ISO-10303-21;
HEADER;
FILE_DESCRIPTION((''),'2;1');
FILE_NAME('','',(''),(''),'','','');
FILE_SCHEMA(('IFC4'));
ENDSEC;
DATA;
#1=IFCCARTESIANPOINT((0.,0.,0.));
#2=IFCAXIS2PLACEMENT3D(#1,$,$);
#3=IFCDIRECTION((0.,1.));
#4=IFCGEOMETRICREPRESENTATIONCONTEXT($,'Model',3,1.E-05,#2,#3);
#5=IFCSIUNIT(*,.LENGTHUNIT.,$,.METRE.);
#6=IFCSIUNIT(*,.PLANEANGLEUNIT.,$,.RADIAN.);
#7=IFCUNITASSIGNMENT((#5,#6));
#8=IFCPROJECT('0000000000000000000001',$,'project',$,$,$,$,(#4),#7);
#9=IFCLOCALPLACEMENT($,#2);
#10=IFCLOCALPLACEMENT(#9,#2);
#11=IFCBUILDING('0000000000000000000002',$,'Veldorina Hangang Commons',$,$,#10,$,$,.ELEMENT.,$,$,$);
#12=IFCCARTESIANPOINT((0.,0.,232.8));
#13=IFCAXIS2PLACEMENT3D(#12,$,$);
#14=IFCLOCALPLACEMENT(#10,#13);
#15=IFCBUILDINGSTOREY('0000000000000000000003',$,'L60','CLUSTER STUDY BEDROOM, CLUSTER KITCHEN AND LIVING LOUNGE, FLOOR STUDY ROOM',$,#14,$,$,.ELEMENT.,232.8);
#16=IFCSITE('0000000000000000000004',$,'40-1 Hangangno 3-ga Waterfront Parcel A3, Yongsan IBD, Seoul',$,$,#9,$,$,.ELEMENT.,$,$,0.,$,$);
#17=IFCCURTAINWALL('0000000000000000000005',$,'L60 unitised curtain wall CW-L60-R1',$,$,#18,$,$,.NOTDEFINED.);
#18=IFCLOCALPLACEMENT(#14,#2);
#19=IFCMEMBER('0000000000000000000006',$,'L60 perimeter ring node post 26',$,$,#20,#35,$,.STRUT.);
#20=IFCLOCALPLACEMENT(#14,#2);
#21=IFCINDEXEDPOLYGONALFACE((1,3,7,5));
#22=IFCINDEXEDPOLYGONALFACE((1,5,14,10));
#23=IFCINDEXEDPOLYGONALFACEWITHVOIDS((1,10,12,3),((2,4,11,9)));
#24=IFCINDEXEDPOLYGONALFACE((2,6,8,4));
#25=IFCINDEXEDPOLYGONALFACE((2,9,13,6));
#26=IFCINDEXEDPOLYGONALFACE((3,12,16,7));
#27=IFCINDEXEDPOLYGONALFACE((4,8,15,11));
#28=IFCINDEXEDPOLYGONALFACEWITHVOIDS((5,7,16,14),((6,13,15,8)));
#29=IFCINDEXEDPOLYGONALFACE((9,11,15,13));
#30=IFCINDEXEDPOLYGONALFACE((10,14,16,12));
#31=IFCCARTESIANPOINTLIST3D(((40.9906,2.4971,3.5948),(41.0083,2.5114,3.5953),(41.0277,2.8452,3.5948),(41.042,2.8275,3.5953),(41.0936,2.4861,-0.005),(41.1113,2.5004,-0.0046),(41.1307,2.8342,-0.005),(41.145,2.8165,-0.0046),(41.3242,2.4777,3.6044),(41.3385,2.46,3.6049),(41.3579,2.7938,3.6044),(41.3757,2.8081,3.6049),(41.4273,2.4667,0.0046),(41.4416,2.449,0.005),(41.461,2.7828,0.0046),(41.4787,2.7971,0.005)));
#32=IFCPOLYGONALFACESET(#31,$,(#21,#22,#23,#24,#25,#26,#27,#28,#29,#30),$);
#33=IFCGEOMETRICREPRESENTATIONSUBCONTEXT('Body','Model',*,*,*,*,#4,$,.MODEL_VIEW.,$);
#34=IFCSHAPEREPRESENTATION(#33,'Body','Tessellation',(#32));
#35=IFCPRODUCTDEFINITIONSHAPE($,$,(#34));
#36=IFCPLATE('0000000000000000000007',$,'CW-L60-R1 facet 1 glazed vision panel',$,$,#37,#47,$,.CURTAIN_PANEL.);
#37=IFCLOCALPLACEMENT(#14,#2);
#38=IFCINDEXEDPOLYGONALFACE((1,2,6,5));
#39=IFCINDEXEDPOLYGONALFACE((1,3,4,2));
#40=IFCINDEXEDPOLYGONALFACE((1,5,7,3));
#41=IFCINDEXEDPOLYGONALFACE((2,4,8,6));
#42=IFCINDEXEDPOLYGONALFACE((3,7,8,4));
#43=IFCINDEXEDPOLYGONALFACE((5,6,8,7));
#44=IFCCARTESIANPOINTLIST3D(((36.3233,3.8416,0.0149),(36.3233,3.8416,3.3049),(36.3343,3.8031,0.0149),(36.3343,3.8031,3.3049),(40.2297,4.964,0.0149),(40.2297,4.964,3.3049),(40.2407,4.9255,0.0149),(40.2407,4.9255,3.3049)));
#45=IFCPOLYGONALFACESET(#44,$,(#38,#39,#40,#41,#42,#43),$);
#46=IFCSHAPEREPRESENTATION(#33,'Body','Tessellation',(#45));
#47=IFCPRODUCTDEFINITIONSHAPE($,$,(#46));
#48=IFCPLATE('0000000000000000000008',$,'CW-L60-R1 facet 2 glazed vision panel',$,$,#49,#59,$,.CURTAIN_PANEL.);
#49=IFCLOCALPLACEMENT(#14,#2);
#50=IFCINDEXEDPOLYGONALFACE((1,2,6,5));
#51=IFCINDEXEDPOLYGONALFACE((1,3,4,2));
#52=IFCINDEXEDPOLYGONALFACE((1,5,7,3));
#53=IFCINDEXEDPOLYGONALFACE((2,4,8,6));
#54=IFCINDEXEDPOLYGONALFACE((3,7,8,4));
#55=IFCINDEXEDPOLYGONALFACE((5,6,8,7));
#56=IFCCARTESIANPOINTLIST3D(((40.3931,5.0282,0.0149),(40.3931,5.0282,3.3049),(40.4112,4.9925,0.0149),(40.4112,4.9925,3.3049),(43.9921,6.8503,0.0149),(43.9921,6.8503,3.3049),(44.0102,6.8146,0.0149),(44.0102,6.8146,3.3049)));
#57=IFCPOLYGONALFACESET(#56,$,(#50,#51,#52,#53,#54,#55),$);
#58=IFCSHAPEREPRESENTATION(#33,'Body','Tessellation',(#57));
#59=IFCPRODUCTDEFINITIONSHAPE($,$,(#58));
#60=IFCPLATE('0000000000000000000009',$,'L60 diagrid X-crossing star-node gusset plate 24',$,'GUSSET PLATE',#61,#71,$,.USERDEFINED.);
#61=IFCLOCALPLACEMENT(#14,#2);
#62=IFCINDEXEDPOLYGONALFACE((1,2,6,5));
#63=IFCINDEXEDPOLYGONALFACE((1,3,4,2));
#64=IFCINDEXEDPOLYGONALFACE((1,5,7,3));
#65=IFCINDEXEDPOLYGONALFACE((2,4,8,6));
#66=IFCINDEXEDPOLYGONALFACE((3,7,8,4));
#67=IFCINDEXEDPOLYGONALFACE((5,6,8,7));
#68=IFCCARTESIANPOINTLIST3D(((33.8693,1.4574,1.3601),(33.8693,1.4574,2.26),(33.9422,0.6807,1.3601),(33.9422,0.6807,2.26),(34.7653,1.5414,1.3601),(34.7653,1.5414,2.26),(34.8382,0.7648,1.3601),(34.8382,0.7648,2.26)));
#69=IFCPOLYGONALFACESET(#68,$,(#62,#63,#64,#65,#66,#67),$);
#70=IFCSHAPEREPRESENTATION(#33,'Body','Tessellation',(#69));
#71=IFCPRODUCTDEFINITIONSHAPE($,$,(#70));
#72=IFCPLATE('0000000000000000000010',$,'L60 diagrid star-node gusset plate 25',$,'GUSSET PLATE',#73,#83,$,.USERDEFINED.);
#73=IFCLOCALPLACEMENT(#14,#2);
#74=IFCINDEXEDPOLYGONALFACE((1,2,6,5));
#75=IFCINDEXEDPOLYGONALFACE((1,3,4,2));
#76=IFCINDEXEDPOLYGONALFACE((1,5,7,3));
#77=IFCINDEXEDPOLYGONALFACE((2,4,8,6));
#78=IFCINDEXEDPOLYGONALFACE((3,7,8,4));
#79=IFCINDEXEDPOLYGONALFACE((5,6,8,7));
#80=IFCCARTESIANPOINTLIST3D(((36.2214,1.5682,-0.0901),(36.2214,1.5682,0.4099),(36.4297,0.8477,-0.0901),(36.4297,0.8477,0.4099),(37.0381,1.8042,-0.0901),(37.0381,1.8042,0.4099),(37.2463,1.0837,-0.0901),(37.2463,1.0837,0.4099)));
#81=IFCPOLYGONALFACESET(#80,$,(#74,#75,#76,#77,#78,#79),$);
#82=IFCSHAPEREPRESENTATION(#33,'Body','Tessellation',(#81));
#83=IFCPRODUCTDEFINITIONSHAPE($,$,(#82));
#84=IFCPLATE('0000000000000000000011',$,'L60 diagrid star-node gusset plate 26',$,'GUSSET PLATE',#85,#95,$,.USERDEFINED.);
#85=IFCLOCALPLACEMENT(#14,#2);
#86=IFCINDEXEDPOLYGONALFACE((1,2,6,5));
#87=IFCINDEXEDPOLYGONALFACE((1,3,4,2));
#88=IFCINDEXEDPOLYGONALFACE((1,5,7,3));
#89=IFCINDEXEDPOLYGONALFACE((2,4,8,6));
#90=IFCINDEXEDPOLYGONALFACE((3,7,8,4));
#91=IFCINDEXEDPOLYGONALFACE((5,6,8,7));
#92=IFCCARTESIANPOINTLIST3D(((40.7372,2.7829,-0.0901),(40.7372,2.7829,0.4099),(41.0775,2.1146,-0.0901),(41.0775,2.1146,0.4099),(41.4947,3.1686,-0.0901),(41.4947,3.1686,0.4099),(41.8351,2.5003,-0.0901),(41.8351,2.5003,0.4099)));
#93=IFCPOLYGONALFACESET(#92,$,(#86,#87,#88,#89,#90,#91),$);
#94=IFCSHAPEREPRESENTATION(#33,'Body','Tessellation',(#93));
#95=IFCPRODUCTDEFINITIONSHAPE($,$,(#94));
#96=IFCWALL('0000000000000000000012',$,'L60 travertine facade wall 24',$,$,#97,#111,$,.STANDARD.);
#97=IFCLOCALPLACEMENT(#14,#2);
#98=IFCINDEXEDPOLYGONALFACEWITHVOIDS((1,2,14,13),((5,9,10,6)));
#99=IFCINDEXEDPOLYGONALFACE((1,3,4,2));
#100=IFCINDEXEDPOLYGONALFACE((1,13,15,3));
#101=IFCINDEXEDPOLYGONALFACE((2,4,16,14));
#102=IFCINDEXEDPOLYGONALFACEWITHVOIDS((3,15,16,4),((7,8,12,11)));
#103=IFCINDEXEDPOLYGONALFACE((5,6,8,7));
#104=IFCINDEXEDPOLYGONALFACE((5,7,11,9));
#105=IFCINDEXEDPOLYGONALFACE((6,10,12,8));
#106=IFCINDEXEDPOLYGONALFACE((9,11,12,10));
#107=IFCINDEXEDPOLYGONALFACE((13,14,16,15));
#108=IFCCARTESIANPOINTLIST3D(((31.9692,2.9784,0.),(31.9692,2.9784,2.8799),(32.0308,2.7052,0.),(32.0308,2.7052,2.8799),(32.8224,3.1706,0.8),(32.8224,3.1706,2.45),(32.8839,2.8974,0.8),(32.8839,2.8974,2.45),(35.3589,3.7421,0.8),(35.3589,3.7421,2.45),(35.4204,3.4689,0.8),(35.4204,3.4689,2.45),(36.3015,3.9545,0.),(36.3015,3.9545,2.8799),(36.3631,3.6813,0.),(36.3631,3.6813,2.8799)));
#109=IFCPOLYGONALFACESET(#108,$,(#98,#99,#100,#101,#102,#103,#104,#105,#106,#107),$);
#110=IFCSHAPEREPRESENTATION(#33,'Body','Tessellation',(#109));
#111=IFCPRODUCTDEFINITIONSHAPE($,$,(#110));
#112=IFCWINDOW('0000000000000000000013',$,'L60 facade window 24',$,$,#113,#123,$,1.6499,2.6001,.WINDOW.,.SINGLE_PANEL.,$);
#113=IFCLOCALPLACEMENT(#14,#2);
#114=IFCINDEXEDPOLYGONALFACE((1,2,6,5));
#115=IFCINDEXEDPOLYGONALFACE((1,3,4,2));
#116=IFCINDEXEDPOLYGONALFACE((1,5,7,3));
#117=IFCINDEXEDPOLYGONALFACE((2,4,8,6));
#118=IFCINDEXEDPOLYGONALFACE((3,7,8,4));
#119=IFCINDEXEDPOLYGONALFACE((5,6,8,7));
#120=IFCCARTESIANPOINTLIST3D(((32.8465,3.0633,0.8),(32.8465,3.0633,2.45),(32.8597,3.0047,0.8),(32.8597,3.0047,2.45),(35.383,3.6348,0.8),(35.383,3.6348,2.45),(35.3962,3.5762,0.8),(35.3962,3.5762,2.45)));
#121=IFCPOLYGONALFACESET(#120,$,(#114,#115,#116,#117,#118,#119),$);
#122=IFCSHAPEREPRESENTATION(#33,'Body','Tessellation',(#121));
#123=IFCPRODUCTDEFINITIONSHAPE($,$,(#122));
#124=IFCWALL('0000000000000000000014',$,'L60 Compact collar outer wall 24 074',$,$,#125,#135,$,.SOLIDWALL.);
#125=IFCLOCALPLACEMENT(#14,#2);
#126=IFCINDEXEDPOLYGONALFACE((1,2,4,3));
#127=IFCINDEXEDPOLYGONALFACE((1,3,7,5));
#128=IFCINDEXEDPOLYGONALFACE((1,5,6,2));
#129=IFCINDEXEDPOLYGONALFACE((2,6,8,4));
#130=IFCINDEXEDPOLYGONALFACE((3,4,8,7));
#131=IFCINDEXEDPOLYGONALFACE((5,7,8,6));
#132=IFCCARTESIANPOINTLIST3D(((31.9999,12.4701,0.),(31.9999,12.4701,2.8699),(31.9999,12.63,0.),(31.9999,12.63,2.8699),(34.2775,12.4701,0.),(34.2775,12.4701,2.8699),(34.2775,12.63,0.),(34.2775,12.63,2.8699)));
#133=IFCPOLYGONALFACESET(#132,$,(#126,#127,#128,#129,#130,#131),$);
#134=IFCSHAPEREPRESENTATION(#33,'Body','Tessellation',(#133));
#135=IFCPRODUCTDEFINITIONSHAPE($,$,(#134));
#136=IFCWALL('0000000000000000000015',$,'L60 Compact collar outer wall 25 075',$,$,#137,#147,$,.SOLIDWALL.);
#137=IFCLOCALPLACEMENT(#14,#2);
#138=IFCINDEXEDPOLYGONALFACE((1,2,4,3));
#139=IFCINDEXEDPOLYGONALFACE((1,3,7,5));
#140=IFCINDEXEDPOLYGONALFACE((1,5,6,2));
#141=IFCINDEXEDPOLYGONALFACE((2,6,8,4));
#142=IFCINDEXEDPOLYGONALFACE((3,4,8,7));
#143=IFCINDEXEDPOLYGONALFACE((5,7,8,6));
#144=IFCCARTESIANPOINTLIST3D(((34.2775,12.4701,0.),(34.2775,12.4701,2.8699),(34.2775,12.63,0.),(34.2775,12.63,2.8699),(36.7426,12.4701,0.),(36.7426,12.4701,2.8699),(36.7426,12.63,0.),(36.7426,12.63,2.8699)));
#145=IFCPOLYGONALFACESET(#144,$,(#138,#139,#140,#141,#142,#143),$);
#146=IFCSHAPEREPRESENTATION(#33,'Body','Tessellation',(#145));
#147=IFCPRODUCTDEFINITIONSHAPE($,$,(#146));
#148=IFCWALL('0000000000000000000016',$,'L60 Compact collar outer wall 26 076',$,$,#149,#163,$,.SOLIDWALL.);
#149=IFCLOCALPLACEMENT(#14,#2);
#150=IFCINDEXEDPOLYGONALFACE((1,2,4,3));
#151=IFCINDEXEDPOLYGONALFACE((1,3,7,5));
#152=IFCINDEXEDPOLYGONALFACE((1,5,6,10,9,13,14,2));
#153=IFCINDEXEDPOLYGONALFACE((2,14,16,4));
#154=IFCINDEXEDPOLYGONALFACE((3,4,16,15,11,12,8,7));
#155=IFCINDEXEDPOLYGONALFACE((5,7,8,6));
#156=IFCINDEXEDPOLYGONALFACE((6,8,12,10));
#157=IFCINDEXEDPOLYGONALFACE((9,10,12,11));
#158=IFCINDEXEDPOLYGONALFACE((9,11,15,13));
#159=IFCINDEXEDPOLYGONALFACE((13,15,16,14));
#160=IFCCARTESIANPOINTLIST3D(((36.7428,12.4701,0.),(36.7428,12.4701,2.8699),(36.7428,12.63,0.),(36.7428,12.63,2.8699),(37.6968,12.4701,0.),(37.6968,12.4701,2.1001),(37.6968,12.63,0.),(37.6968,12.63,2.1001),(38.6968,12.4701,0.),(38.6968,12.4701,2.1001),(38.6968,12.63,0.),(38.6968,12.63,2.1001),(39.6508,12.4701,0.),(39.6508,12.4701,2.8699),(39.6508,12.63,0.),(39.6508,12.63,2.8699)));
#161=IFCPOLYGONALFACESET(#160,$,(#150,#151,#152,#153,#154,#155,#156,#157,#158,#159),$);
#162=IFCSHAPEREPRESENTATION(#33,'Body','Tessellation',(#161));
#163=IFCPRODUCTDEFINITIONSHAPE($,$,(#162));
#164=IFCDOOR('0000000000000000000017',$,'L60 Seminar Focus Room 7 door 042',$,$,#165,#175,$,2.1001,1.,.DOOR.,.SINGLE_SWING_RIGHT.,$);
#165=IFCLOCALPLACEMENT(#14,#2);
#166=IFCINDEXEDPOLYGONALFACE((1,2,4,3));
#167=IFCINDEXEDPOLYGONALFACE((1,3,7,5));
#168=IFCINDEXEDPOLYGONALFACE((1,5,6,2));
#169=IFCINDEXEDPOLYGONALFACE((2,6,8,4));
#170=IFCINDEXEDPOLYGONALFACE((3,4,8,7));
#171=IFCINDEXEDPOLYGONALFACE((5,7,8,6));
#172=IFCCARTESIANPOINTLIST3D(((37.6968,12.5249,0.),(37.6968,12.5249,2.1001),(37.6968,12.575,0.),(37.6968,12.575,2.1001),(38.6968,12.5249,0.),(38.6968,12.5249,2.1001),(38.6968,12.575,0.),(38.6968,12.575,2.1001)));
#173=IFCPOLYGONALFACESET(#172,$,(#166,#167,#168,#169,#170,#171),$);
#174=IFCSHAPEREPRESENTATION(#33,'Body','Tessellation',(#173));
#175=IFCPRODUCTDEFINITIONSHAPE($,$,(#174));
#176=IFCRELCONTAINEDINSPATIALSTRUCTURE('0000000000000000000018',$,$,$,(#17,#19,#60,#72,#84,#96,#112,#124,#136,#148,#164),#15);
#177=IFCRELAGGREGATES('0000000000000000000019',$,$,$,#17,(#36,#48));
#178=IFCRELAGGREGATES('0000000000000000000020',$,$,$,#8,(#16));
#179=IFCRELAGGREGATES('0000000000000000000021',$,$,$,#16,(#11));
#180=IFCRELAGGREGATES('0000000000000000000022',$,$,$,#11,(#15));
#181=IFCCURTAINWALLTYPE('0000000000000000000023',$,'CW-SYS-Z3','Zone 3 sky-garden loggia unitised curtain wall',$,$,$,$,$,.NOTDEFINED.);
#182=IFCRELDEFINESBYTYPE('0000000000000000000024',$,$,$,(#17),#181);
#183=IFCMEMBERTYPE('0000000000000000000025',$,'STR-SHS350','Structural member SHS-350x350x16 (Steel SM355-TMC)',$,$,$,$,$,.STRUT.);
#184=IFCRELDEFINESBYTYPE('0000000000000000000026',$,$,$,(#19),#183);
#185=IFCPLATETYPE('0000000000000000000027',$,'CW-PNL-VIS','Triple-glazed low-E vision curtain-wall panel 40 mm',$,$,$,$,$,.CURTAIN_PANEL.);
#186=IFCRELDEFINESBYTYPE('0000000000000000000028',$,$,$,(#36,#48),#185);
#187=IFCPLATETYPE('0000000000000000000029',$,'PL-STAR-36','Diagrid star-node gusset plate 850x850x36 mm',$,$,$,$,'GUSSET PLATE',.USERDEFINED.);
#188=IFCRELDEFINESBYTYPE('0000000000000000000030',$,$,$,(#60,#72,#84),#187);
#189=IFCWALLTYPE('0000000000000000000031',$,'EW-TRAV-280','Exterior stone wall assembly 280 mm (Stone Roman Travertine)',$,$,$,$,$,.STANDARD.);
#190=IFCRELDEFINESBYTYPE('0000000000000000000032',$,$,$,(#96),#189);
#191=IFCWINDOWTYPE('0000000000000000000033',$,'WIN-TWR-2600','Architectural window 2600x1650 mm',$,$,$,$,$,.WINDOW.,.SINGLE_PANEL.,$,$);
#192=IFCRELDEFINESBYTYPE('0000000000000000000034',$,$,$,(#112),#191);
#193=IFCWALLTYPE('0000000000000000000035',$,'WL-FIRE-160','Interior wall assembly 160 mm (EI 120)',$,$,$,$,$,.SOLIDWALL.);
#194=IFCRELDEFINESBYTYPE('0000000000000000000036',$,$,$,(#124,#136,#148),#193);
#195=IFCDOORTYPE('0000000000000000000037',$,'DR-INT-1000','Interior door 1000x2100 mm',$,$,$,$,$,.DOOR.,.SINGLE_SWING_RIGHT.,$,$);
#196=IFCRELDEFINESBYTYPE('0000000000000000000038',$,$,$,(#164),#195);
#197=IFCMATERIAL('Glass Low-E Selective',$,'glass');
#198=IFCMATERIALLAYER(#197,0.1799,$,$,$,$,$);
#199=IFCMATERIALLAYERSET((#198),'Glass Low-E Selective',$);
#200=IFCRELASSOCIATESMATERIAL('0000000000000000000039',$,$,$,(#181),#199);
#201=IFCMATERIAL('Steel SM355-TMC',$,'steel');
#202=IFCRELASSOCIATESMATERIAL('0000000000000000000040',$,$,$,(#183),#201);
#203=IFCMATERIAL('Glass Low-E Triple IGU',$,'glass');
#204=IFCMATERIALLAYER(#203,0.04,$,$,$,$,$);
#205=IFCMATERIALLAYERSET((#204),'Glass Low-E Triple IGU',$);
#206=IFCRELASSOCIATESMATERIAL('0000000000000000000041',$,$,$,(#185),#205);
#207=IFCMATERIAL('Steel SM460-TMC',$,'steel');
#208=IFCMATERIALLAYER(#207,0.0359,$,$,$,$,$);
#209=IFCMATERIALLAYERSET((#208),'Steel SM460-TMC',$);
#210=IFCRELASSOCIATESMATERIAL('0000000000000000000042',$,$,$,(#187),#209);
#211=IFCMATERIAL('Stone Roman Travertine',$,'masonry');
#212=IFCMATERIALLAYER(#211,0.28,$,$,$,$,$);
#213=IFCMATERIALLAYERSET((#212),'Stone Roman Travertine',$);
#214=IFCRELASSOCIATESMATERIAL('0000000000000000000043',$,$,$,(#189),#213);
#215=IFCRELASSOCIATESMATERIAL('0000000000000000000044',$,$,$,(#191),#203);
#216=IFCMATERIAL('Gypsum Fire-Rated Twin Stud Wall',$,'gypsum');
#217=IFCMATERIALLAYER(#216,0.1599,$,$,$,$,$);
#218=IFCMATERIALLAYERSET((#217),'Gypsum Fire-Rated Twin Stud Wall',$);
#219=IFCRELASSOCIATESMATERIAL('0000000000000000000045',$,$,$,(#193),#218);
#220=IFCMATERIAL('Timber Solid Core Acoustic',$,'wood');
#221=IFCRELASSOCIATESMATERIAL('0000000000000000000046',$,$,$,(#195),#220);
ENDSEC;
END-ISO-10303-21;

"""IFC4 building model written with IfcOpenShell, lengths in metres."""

from ifc_helpers import new_model, si_unit, direction, frame, frame_2d, origin, origin_2d, place, context, subcontext, project, spatial, rectangle, hollow_rectangle, extrude, material, layer, layer_set, material_profile, profile_set, type_object, element, fill, aggregate, save


model = new_model("IFC4")

# Units and contexts
model_context = context("Model", 3, precision=1e-05, world=origin(), true_north=direction((0.0, 1.0)))
body_context = subcontext(model_context, "Body", "Model", "MODEL_VIEW")
ifc_project = project(units=[si_unit("LENGTHUNIT", "METRE"), si_unit("PLANEANGLEUNIT", "RADIAN")], contexts=[model_context])

# Site, building, storey
site_placement = place(None, origin())
site = spatial("IfcSite", under=ifc_project, at=site_placement, Name="40-1 Hangangno 3-ga Waterfront Parcel A3, Yongsan IBD, Seoul", CompositionType="ELEMENT", RefElevation=0.0)
building_placement = place(site_placement, origin())
building = spatial("IfcBuilding", under=site, at=building_placement, Name="Veldorina Hangang Commons", CompositionType="ELEMENT")
storey_placement = place(building_placement, frame((0.0, 0.0, 232.8)))
storey = spatial("IfcBuildingStorey", under=building, at=storey_placement, Name="L60", Description="CLUSTER STUDY BEDROOM, CLUSTER KITCHEN AND LIVING LOUNGE, FLOOR STUDY ROOM", CompositionType="ELEMENT", Elevation=232.8)

# Shared definitions
ifc_material_1 = material(Name="Steel SM355-TMC", Category="steel")

# Curtain wall
ifc_material_2 = material(Name="Glass Low-E Selective", Category="glass")
ifc_layer_1 = layer(ifc_material_2, 0.1799)
ifc_layer_set_1 = layer_set([ifc_layer_1], Name="Glass Low-E Selective")
curtain_wall_type = type_object("IfcCurtainWallType", Name="CW-SYS-Z3", Description="Zone 3 sky-garden loggia unitised curtain wall", PredefinedType="NOTDEFINED", material=ifc_layer_set_1)
curtain_wall_placement = place(storey_placement, origin())
curtain_wall = element("IfcCurtainWall", 1, at=curtain_wall_placement, inside=storey, type_object=curtain_wall_type, Name="L60 unitised curtain wall CW-L60-R1", PredefinedType="NOTDEFINED")

# Member
ifc_material_profile_1 = material_profile(ifc_material_1, hollow_rectangle(XDim=0.3501, YDim=0.3501, WallThickness=0.0161, at=origin_2d()), Name="SHS-350x350x16")
ifc_profile_set_1 = profile_set([ifc_material_profile_1], Name="Steel SM355-TMC")
member_type_1 = type_object("IfcMemberType", Name="STR-SHS350", Description="Structural member SHS-350x350x16 (Steel SM355-TMC)", PredefinedType="STRUT", material=ifc_profile_set_1)
member_1_placement = place(storey_placement, frame((41.2861, 2.6416, 0.0), z_axis=(-0.028608, 0.003051, 0.999586), x_axis=(-0.106034, -0.994363, 0.0)))
element("IfcMember", 2, at=member_1_placement, inside=storey, type_object=member_type_1, Name="L60 perimeter ring node post 26", PredefinedType="STRUT", context=body_context, shape_type="SweptSolid", body=[
    extrude(hollow_rectangle(XDim=0.3501, YDim=0.3501, WallThickness=0.0161, at=origin_2d()), origin(), (0.0, 0.0, 1.0), 3.6013),
])

# Plates
ifc_material_3 = material(Name="Glass Low-E Triple IGU", Category="glass")
ifc_layer_2 = layer(ifc_material_3, 0.04)
ifc_layer_set_2 = layer_set([ifc_layer_2], Name="Glass Low-E Triple IGU")
plate_type_1 = type_object("IfcPlateType", Name="CW-PNL-VIS", Description="Triple-glazed low-E vision curtain-wall panel 40 mm", PredefinedType="CURTAIN_PANEL", material=ifc_layer_set_2)
plate_1_placement = place(storey_placement, frame((38.282, 4.3835, 0.0149), z_axis=(0.0, 0.0, 1.0), x_axis=(0.961112, 0.276157, 0.0)))
plate_1 = element("IfcPlate", 3, at=plate_1_placement, type_object=plate_type_1, Name="CW-L60-R1 facet 1 glazed vision panel", PredefinedType="CURTAIN_PANEL", context=body_context, shape_type="SweptSolid", body=[
    extrude(rectangle(XDim=4.0645, YDim=0.04, at=origin_2d()), origin(), (0.0, 0.0, 1.0), 3.29),
])
plate_2_placement = place(storey_placement, frame((42.2017, 5.9214, 0.0149), z_axis=(0.0, 0.0, 1.0), x_axis=(0.892168, 0.451703, 0.0)))
plate_2 = element("IfcPlate", 4, at=plate_2_placement, type_object=plate_type_1, Name="CW-L60-R1 facet 2 glazed vision panel", PredefinedType="CURTAIN_PANEL", context=body_context, shape_type="SweptSolid", body=[
    extrude(rectangle(XDim=4.0339, YDim=0.04, at=origin_2d()), origin(), (0.0, 0.0, 1.0), 3.29),
])
aggregate(curtain_wall, [plate_1, plate_2])

# Plates
ifc_material_4 = material(Name="Steel SM460-TMC", Category="steel")
ifc_layer_3 = layer(ifc_material_4, 0.0359)
ifc_layer_set_3 = layer_set([ifc_layer_3], Name="Steel SM460-TMC")
plate_type_2 = type_object("IfcPlateType", Name="PL-STAR-36", Description="Diagrid star-node gusset plate 850x850x36 mm", ElementType="GUSSET PLATE", PredefinedType="USERDEFINED", material=ifc_layer_set_3)
plate_3_placement = place(storey_placement, frame((34.3538, 1.1111, 1.3601), z_axis=(0.0, 0.0, 1.0), x_axis=(0.995627, 0.093413, 0.0)))
element("IfcPlate", 5, at=plate_3_placement, inside=storey, type_object=plate_type_2, Name="L60 diagrid X-crossing star-node gusset plate 24", ObjectType="GUSSET PLATE", PredefinedType="USERDEFINED", context=body_context, shape_type="SweptSolid", body=[
    extrude(rectangle(XDim=0.8999, YDim=0.78, at=origin_2d()), origin(), (0.0, 0.0, 1.0), 0.8999),
])
for number, where, z_axis, x_axis, name in (
    (6, (36.7339, 1.3259, -0.0901), (0.0, 0.0, 1.0), (0.960687, 0.277633, 0.0), "L60 diagrid star-node gusset plate 25"),
    (7, (41.2861, 2.6416, -0.0901), (0.0, 0.0, 1.0), (0.891117, 0.453773, 0.0), "L60 diagrid star-node gusset plate 26"),
):
    element("IfcPlate", number, at=place(storey_placement, frame(where, z_axis=z_axis, x_axis=x_axis)), inside=storey, type_object=plate_type_2, Name=name, ObjectType="GUSSET PLATE", PredefinedType="USERDEFINED", context=body_context, shape_type="SweptSolid", body=[
        extrude(rectangle(XDim=0.8501, YDim=0.75, at=origin_2d()), origin(), (0.0, 0.0, 1.0), 0.5),
    ])

# Wall, opening, window
ifc_material_5 = material(Name="Stone Roman Travertine", Category="masonry")
ifc_layer_4 = layer(ifc_material_5, 0.28)
ifc_layer_set_4 = layer_set([ifc_layer_4], Name="Stone Roman Travertine")
wall_type_1 = type_object("IfcWallType", Name="EW-TRAV-280", Description="Exterior stone wall assembly 280 mm (Stone Roman Travertine)", PredefinedType="STANDARD", material=ifc_layer_set_4)
wall_1_placement = place(storey_placement, frame((32.0, 2.8418, 0.0), z_axis=(0.0, 0.0, 1.0), x_axis=(0.975546, 0.219793, 0.0)))
wall_1 = element("IfcWall", 8, at=wall_1_placement, inside=storey, type_object=wall_type_1, Name="L60 travertine facade wall 24", PredefinedType="STANDARD", context=body_context, shape_type="SweptSolid", body=[
    extrude(rectangle(XDim=4.4409, YDim=0.28, at=frame_2d((2.2205, 0.0))), origin(), (0.0, 0.0, 1.0), 2.8799),
])
opening_1_placement = place(wall_1_placement, frame((0.8745, 0.0, 0.8)))
opening_1 = element("IfcOpeningElement", 9, at=opening_1_placement, cuts=wall_1, PredefinedType="OPENING", context=body_context, shape_type="SweptSolid", body=[
    extrude(rectangle(XDim=2.6001, YDim=1.6499, at=frame_2d((1.3, 0.825))), frame((0.0, 0.1499, 0.0), z_axis=(0.0, -1.0, 0.0), x_axis=(1.0, 0.0, 0.0)), (0.0, 0.0, 1.0), 0.3),
])
window_type = type_object("IfcWindowType", Name="WIN-TWR-2600", Description="Architectural window 2600x1650 mm", PartitioningType="SINGLE_PANEL", PredefinedType="WINDOW", material=ifc_material_3)
window_placement = place(opening_1_placement, origin())
window = element("IfcWindow", 10, at=window_placement, inside=storey, type_object=window_type, Name="L60 facade window 24", OverallHeight=1.6499, OverallWidth=2.6001, PartitioningType="SINGLE_PANEL", PredefinedType="WINDOW", context=body_context, shape_type="SweptSolid", body=[
    extrude(rectangle(XDim=2.6001, YDim=1.6499, at=frame_2d((1.3, 0.825))), frame((0.0, 0.03, 0.0), z_axis=(0.0, -1.0, 0.0), x_axis=(1.0, 0.0, 0.0)), (0.0, 0.0, 1.0), 0.0601),
])
fill(opening_1, window)

# Walls
ifc_material_6 = material(Name="Gypsum Fire-Rated Twin Stud Wall", Category="gypsum")
ifc_layer_5 = layer(ifc_material_6, 0.1599)
ifc_layer_set_5 = layer_set([ifc_layer_5], Name="Gypsum Fire-Rated Twin Stud Wall")
wall_type_2 = type_object("IfcWallType", Name="WL-FIRE-160", Description="Interior wall assembly 160 mm (EI 120)", PredefinedType="SOLIDWALL", material=ifc_layer_set_5)
wall_2_placement = place(storey_placement, frame((32.0, 12.55, 0.0), z_axis=(0.0, 0.0, 1.0), x_axis=(1.0, 0.0, 0.0)))
element("IfcWall", 11, at=wall_2_placement, inside=storey, type_object=wall_type_2, Name="L60 Compact collar outer wall 24 074", PredefinedType="SOLIDWALL", context=body_context, shape_type="SweptSolid", body=[
    extrude(rectangle(XDim=2.2776, YDim=0.1599, at=frame_2d((1.1387, 0.0))), origin(), (0.0, 0.0, 1.0), 2.8699),
])
wall_3_placement = place(storey_placement, frame((34.2776, 12.55, 0.0), z_axis=(0.0, 0.0, 1.0), x_axis=(1.0, 0.0, 0.0)))
element("IfcWall", 12, at=wall_3_placement, inside=storey, type_object=wall_type_2, Name="L60 Compact collar outer wall 25 075", PredefinedType="SOLIDWALL", context=body_context, shape_type="SweptSolid", body=[
    extrude(rectangle(XDim=2.4651, YDim=0.1599, at=frame_2d((1.2324, 0.0))), origin(), (0.0, 0.0, 1.0), 2.8699),
])

# Wall, opening, door
wall_4_placement = place(storey_placement, frame((36.7427, 12.55, 0.0), z_axis=(0.0, 0.0, 1.0), x_axis=(1.0, 0.0, 0.0)))
wall_4 = element("IfcWall", 13, at=wall_4_placement, inside=storey, type_object=wall_type_2, Name="L60 Compact collar outer wall 26 076", PredefinedType="SOLIDWALL", context=body_context, shape_type="SweptSolid", body=[
    extrude(rectangle(XDim=2.908, YDim=0.1599, at=frame_2d((1.4541, 0.0))), origin(), (0.0, 0.0, 1.0), 2.8699),
])
opening_2_placement = place(wall_4_placement, frame((0.9541, 0.0, 0.0)))
opening_2 = element("IfcOpeningElement", 14, at=opening_2_placement, cuts=wall_4, PredefinedType="OPENING", context=body_context, shape_type="SweptSolid", body=[
    extrude(rectangle(XDim=1.0, YDim=2.1001, at=frame_2d((0.5, 1.05))), frame((0.0, 0.0898, 0.0), z_axis=(0.0, -1.0, 0.0), x_axis=(1.0, 0.0, 0.0)), (0.0, 0.0, 1.0), 0.1799),
])
ifc_material_7 = material(Name="Timber Solid Core Acoustic", Category="wood")
door_type = type_object("IfcDoorType", Name="DR-INT-1000", Description="Interior door 1000x2100 mm", OperationType="SINGLE_SWING_RIGHT", PredefinedType="DOOR", material=ifc_material_7)
door_placement = place(opening_2_placement, origin())
door = element("IfcDoor", 15, at=door_placement, inside=storey, type_object=door_type, Name="L60 Seminar Focus Room 7 door 042", OperationType="SINGLE_SWING_RIGHT", OverallHeight=2.1001, OverallWidth=1.0, PredefinedType="DOOR", context=body_context, shape_type="SweptSolid", body=[
    extrude(rectangle(XDim=1.0, YDim=2.1001, at=frame_2d((0.5, 1.05))), frame((0.0, 0.0249, 0.0), z_axis=(0.0, -1.0, 0.0), x_axis=(1.0, 0.0, 0.0)), (0.0, 0.0, 1.0), 0.05),
])
fill(opening_2, door)

save(model, "model.ifc")
